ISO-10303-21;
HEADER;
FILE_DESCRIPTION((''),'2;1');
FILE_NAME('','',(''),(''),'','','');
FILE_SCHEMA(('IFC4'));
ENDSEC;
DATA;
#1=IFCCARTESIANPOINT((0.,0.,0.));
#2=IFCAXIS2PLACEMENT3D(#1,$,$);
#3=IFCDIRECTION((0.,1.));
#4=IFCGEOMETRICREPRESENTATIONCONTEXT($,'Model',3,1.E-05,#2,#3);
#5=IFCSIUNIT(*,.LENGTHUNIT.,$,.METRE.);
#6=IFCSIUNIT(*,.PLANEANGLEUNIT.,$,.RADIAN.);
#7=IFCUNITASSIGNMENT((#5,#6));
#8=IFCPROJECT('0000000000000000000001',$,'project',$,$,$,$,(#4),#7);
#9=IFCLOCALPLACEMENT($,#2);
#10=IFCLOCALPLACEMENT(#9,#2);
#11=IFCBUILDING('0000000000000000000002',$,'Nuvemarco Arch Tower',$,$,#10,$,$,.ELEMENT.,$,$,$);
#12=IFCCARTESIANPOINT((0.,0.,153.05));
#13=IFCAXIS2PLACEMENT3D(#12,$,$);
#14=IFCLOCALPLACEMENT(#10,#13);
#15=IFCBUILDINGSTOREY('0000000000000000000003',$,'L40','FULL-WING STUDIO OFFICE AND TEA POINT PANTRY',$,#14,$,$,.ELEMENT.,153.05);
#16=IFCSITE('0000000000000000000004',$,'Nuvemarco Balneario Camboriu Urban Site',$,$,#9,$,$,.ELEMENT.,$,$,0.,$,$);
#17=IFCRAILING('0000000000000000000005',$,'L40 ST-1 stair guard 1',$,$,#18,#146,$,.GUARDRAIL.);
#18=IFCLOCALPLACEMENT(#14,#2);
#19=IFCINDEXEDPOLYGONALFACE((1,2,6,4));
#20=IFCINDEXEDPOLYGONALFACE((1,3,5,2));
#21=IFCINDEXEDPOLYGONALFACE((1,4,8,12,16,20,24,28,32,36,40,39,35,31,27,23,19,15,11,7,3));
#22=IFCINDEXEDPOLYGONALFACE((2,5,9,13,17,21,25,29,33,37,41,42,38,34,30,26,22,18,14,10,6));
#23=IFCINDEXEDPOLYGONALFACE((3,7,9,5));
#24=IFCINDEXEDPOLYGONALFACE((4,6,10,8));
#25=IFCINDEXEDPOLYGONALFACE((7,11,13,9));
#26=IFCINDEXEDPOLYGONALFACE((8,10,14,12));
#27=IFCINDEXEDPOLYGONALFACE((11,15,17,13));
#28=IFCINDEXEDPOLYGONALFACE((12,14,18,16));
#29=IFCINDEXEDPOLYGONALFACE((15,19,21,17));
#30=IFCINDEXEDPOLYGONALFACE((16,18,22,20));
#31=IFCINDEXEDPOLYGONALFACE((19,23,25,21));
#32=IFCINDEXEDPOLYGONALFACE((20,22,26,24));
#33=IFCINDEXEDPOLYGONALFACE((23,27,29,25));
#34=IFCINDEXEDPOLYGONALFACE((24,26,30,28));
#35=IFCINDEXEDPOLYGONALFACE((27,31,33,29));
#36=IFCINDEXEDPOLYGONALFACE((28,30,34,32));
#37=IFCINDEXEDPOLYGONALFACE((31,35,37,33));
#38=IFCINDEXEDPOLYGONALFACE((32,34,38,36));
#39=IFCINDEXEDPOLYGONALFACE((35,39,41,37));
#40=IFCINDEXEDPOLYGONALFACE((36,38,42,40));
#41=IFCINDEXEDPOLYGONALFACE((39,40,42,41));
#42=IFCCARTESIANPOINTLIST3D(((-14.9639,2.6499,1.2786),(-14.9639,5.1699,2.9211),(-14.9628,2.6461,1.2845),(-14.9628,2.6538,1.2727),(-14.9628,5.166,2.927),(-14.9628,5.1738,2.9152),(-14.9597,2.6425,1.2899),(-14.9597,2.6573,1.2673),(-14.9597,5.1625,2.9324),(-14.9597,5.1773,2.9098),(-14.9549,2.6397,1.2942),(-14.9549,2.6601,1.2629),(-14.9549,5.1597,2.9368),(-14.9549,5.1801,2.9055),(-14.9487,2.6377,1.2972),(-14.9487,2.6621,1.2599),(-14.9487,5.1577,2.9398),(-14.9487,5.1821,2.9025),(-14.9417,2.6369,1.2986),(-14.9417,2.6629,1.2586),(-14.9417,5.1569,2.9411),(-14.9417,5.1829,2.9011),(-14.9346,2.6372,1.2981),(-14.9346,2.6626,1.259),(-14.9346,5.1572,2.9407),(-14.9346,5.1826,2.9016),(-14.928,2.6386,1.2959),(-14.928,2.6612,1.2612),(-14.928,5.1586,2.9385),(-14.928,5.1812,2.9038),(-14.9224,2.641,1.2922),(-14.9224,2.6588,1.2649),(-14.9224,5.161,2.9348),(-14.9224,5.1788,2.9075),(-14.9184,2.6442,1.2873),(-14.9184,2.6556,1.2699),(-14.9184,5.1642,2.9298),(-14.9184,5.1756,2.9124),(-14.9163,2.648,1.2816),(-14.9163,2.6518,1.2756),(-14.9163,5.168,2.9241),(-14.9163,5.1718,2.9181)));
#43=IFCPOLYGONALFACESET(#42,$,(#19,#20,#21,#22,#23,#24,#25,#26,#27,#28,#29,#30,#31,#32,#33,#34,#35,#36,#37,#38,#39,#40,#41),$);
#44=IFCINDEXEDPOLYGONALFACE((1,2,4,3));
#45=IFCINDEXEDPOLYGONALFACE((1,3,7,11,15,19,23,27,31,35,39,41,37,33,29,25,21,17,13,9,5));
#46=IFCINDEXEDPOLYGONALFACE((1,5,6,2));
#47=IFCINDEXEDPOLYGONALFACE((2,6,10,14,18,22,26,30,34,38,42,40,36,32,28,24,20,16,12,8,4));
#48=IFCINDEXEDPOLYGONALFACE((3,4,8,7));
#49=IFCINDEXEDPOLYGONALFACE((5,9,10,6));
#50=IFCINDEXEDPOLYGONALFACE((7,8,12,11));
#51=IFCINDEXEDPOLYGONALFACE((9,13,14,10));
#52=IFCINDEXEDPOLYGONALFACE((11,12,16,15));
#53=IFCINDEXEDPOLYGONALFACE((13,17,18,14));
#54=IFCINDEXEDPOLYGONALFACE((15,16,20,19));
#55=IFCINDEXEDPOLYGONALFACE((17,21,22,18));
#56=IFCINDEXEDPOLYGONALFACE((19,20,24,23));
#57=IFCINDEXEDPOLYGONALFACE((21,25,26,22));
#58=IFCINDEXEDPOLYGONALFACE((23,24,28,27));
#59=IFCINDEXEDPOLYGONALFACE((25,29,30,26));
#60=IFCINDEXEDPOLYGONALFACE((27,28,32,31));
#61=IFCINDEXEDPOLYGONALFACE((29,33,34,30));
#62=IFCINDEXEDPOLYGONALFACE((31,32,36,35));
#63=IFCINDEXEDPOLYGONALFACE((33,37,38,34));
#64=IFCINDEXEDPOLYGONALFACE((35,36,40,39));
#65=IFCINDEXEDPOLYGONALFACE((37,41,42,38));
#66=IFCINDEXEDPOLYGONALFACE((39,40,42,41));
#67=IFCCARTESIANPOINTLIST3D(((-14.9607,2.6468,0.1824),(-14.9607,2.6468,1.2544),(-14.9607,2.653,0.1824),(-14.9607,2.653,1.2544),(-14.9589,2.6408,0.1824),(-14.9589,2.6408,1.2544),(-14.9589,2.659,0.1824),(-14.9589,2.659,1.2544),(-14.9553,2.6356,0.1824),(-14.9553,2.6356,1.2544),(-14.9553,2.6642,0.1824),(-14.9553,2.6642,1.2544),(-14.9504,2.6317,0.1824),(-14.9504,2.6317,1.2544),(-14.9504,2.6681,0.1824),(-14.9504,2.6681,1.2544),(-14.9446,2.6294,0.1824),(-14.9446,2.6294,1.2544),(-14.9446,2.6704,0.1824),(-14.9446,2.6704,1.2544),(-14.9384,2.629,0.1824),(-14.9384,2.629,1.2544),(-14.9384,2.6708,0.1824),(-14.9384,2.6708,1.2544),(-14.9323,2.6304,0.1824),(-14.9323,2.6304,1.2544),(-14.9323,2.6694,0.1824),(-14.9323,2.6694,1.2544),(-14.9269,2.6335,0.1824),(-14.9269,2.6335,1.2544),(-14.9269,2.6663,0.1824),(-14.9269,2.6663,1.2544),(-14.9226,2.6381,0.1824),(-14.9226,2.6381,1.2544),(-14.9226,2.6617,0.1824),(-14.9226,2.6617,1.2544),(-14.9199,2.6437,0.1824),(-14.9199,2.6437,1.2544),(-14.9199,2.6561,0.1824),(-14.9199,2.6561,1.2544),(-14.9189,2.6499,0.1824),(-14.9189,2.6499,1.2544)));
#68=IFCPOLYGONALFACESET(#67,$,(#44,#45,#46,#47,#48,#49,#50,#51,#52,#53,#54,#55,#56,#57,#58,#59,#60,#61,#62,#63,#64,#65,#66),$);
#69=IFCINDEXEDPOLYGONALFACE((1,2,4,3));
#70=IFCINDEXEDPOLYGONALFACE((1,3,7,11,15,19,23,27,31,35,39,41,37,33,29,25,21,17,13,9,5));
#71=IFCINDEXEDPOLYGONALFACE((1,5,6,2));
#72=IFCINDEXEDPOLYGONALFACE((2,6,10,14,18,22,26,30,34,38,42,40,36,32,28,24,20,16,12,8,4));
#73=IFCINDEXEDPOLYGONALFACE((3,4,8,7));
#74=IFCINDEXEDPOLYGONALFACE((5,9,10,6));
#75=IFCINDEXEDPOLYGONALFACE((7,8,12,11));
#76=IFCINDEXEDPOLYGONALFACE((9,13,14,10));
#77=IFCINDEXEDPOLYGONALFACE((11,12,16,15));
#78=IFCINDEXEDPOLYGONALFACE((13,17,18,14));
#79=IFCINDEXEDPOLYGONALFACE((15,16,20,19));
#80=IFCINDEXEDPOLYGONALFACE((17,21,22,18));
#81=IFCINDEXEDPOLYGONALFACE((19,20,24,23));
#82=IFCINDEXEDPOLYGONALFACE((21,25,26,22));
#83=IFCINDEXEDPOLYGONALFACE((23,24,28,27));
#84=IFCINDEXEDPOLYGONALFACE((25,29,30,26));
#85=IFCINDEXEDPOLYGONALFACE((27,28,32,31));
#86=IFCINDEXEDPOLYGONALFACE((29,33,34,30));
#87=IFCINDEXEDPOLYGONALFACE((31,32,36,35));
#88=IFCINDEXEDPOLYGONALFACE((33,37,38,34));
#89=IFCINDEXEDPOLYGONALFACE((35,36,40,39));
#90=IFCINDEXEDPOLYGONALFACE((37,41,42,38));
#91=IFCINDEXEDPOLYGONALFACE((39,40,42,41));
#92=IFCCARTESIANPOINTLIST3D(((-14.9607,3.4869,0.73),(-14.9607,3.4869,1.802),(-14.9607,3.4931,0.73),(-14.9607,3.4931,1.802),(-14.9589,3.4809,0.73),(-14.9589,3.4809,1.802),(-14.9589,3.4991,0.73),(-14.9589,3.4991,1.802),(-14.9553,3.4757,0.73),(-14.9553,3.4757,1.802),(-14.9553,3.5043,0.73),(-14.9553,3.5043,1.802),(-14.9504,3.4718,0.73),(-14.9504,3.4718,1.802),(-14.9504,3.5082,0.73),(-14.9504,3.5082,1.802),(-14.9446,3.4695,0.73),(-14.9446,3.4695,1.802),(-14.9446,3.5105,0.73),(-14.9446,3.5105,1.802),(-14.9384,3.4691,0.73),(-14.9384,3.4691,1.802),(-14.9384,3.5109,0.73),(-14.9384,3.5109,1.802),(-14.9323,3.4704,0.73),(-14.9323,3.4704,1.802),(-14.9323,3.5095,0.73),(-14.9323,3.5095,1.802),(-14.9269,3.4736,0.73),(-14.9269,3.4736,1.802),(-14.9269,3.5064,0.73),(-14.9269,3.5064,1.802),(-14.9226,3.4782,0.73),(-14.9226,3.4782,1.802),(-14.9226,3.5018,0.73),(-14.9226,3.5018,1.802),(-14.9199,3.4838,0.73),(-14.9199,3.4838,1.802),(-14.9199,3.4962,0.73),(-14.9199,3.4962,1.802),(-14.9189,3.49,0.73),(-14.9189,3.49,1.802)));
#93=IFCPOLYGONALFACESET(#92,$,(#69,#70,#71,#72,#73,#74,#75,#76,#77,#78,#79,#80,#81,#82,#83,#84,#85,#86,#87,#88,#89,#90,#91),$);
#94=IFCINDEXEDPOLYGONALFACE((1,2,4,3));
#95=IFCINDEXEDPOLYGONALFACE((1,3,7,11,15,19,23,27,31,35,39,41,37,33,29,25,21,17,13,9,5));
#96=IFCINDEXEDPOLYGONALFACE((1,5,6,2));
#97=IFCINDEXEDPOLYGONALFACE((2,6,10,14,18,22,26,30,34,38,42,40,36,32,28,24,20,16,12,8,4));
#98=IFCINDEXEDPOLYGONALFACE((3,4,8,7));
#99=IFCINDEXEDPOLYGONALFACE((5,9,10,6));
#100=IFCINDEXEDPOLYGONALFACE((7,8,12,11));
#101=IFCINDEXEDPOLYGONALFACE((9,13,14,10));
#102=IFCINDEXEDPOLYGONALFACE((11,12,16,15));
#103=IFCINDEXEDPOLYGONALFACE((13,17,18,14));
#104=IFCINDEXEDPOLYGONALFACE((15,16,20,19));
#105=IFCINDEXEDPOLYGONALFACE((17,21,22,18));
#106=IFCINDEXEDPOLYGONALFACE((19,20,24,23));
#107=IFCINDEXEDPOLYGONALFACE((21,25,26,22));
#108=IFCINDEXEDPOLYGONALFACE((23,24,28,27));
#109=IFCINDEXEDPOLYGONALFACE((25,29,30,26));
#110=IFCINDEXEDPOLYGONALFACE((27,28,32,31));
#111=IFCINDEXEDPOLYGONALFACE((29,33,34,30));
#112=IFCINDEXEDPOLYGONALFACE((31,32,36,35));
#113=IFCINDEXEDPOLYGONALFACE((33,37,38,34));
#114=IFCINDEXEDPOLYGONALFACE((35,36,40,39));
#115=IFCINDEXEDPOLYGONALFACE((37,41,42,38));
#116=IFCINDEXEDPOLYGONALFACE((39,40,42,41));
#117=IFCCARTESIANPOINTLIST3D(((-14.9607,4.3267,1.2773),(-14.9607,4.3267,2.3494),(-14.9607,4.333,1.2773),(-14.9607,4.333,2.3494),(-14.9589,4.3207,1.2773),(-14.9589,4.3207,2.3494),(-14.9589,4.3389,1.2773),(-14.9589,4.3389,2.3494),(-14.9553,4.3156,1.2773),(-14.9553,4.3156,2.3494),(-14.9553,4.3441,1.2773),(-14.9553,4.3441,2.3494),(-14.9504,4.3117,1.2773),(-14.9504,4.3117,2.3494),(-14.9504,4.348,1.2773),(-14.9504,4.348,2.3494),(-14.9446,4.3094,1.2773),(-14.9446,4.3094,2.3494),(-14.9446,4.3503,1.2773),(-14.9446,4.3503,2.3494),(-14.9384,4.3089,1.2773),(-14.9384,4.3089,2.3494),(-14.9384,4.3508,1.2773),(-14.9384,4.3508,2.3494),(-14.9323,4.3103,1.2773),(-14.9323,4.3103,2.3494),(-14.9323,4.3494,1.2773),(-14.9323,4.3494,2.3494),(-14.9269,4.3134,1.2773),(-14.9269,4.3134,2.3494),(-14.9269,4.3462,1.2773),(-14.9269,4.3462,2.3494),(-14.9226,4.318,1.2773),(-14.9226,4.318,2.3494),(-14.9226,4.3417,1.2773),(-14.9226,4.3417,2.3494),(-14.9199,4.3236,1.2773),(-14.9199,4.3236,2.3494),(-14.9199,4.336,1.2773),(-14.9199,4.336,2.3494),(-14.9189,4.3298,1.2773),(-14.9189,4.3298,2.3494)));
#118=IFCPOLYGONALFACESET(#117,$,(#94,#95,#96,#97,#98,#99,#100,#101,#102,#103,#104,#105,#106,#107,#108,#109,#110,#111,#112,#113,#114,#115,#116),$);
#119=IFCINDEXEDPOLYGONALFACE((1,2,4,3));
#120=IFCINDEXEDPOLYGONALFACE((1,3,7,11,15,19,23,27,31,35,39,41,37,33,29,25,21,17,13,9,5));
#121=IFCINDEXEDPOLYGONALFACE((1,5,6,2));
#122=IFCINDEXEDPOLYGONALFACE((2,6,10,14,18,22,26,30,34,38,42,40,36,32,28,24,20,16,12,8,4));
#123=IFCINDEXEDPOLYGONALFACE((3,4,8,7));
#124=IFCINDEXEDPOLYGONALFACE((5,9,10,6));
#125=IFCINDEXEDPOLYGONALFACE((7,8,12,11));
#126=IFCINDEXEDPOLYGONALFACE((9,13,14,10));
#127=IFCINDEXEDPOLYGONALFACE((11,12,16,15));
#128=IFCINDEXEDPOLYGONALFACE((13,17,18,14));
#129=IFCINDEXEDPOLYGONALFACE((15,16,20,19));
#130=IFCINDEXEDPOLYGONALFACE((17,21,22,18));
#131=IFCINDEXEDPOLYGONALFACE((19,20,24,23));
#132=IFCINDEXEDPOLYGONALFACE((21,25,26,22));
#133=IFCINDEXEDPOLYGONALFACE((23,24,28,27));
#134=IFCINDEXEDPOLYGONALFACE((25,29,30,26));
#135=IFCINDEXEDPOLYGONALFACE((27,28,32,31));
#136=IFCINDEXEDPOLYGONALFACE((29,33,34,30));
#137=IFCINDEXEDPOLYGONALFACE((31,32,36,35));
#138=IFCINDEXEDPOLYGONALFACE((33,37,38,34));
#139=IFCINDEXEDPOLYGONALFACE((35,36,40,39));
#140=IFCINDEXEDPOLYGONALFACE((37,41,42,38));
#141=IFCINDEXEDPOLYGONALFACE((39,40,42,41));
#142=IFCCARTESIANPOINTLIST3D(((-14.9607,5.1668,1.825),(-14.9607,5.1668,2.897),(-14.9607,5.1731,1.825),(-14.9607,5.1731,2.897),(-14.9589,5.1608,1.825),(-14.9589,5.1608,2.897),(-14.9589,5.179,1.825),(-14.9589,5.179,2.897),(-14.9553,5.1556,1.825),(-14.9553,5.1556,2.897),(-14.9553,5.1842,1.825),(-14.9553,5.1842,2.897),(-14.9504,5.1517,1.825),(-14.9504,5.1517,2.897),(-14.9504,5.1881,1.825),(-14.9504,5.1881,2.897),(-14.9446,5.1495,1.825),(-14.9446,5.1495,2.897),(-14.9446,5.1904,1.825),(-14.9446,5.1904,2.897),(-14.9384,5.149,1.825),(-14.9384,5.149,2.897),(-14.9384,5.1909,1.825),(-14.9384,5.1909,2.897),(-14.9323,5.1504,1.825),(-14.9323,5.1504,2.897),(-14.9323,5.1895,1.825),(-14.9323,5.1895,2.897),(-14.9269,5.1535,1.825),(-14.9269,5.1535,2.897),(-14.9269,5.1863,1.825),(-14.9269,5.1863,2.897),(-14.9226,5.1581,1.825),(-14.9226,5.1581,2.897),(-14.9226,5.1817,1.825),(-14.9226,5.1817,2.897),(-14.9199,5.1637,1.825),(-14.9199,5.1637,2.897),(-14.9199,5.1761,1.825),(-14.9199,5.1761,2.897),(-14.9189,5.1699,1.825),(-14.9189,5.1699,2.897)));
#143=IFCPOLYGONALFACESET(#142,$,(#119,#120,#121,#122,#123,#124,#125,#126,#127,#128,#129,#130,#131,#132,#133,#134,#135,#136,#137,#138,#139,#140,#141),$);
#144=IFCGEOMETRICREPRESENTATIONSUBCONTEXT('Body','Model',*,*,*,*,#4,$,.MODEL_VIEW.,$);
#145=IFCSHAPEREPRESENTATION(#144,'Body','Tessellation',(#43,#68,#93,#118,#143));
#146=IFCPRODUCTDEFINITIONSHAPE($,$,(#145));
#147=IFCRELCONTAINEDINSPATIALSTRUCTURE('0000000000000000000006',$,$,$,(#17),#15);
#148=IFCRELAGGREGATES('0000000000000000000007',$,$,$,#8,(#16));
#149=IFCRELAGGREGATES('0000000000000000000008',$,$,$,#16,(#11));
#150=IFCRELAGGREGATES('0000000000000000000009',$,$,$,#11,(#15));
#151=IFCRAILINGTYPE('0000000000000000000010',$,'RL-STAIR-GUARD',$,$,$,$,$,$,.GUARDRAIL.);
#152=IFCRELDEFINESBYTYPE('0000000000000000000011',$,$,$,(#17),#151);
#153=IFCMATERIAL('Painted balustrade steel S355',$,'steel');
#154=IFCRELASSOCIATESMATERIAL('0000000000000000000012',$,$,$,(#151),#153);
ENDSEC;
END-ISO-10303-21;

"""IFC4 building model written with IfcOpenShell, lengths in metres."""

from ifc_helpers import new_model, si_unit, direction, frame, origin, origin_2d, place, context, subcontext, project, spatial, circle, extrude, material, type_object, element, save


model = new_model("IFC4")

# Units and contexts
model_context = context("Model", 3, precision=1e-05, world=origin(), true_north=direction((0.0, 1.0)))
body_context = subcontext(model_context, "Body", "Model", "MODEL_VIEW")
ifc_project = project(units=[si_unit("LENGTHUNIT", "METRE"), si_unit("PLANEANGLEUNIT", "RADIAN")], contexts=[model_context])

# Site, building, storey
site_placement = place(None, origin())
site = spatial("IfcSite", under=ifc_project, at=site_placement, Name="Nuvemarco Balneario Camboriu Urban Site", CompositionType="ELEMENT", RefElevation=0.0)
building_placement = place(site_placement, origin())
building = spatial("IfcBuilding", under=site, at=building_placement, Name="Nuvemarco Arch Tower", CompositionType="ELEMENT")
storey_placement = place(building_placement, frame((0.0, 0.0, 153.05)))
storey = spatial("IfcBuildingStorey", under=building, at=storey_placement, Name="L40", Description="FULL-WING STUDIO OFFICE AND TEA POINT PANTRY", CompositionType="ELEMENT", Elevation=153.05)

# Railing
ifc_material_1 = material(Name="Painted balustrade steel S355", Category="steel")
railing_type_1 = type_object("IfcRailingType", Name="RL-STAIR-GUARD", PredefinedType="GUARDRAIL", material=ifc_material_1)
railing_1_placement = place(storey_placement, frame((-14.9399, 2.6499, 0.1824)))
element("IfcRailing", 1, at=railing_1_placement, inside=storey, type_object=railing_type_1, Name="L40 ST-1 stair guard 1", PredefinedType="GUARDRAIL", context=body_context, shape_type="SweptSolid", body=[
    extrude(circle(Radius=0.0239, at=origin_2d()), frame((0.0, 0.0, 1.0962), z_axis=(0.0, 0.837749, 0.546055), x_axis=(-1.0, 0.0, 0.0)), (0.0, 0.0, 1.0), 3.0081),
    extrude(circle(Radius=0.021, at=origin_2d()), origin(), (0.0, 0.0, 1.0), 1.072),
    extrude(circle(Radius=0.021, at=origin_2d()), frame((0.0, 0.8401, 0.5476)), (0.0, 0.0, 1.0), 1.072),
    extrude(circle(Radius=0.021, at=origin_2d()), frame((0.0, 1.6799, 1.095)), (0.0, 0.0, 1.0), 1.072),
    extrude(circle(Radius=0.021, at=origin_2d()), frame((0.0, 2.52, 1.6426)), (0.0, 0.0, 1.0), 1.072),
])

save(model, "model.ifc")
